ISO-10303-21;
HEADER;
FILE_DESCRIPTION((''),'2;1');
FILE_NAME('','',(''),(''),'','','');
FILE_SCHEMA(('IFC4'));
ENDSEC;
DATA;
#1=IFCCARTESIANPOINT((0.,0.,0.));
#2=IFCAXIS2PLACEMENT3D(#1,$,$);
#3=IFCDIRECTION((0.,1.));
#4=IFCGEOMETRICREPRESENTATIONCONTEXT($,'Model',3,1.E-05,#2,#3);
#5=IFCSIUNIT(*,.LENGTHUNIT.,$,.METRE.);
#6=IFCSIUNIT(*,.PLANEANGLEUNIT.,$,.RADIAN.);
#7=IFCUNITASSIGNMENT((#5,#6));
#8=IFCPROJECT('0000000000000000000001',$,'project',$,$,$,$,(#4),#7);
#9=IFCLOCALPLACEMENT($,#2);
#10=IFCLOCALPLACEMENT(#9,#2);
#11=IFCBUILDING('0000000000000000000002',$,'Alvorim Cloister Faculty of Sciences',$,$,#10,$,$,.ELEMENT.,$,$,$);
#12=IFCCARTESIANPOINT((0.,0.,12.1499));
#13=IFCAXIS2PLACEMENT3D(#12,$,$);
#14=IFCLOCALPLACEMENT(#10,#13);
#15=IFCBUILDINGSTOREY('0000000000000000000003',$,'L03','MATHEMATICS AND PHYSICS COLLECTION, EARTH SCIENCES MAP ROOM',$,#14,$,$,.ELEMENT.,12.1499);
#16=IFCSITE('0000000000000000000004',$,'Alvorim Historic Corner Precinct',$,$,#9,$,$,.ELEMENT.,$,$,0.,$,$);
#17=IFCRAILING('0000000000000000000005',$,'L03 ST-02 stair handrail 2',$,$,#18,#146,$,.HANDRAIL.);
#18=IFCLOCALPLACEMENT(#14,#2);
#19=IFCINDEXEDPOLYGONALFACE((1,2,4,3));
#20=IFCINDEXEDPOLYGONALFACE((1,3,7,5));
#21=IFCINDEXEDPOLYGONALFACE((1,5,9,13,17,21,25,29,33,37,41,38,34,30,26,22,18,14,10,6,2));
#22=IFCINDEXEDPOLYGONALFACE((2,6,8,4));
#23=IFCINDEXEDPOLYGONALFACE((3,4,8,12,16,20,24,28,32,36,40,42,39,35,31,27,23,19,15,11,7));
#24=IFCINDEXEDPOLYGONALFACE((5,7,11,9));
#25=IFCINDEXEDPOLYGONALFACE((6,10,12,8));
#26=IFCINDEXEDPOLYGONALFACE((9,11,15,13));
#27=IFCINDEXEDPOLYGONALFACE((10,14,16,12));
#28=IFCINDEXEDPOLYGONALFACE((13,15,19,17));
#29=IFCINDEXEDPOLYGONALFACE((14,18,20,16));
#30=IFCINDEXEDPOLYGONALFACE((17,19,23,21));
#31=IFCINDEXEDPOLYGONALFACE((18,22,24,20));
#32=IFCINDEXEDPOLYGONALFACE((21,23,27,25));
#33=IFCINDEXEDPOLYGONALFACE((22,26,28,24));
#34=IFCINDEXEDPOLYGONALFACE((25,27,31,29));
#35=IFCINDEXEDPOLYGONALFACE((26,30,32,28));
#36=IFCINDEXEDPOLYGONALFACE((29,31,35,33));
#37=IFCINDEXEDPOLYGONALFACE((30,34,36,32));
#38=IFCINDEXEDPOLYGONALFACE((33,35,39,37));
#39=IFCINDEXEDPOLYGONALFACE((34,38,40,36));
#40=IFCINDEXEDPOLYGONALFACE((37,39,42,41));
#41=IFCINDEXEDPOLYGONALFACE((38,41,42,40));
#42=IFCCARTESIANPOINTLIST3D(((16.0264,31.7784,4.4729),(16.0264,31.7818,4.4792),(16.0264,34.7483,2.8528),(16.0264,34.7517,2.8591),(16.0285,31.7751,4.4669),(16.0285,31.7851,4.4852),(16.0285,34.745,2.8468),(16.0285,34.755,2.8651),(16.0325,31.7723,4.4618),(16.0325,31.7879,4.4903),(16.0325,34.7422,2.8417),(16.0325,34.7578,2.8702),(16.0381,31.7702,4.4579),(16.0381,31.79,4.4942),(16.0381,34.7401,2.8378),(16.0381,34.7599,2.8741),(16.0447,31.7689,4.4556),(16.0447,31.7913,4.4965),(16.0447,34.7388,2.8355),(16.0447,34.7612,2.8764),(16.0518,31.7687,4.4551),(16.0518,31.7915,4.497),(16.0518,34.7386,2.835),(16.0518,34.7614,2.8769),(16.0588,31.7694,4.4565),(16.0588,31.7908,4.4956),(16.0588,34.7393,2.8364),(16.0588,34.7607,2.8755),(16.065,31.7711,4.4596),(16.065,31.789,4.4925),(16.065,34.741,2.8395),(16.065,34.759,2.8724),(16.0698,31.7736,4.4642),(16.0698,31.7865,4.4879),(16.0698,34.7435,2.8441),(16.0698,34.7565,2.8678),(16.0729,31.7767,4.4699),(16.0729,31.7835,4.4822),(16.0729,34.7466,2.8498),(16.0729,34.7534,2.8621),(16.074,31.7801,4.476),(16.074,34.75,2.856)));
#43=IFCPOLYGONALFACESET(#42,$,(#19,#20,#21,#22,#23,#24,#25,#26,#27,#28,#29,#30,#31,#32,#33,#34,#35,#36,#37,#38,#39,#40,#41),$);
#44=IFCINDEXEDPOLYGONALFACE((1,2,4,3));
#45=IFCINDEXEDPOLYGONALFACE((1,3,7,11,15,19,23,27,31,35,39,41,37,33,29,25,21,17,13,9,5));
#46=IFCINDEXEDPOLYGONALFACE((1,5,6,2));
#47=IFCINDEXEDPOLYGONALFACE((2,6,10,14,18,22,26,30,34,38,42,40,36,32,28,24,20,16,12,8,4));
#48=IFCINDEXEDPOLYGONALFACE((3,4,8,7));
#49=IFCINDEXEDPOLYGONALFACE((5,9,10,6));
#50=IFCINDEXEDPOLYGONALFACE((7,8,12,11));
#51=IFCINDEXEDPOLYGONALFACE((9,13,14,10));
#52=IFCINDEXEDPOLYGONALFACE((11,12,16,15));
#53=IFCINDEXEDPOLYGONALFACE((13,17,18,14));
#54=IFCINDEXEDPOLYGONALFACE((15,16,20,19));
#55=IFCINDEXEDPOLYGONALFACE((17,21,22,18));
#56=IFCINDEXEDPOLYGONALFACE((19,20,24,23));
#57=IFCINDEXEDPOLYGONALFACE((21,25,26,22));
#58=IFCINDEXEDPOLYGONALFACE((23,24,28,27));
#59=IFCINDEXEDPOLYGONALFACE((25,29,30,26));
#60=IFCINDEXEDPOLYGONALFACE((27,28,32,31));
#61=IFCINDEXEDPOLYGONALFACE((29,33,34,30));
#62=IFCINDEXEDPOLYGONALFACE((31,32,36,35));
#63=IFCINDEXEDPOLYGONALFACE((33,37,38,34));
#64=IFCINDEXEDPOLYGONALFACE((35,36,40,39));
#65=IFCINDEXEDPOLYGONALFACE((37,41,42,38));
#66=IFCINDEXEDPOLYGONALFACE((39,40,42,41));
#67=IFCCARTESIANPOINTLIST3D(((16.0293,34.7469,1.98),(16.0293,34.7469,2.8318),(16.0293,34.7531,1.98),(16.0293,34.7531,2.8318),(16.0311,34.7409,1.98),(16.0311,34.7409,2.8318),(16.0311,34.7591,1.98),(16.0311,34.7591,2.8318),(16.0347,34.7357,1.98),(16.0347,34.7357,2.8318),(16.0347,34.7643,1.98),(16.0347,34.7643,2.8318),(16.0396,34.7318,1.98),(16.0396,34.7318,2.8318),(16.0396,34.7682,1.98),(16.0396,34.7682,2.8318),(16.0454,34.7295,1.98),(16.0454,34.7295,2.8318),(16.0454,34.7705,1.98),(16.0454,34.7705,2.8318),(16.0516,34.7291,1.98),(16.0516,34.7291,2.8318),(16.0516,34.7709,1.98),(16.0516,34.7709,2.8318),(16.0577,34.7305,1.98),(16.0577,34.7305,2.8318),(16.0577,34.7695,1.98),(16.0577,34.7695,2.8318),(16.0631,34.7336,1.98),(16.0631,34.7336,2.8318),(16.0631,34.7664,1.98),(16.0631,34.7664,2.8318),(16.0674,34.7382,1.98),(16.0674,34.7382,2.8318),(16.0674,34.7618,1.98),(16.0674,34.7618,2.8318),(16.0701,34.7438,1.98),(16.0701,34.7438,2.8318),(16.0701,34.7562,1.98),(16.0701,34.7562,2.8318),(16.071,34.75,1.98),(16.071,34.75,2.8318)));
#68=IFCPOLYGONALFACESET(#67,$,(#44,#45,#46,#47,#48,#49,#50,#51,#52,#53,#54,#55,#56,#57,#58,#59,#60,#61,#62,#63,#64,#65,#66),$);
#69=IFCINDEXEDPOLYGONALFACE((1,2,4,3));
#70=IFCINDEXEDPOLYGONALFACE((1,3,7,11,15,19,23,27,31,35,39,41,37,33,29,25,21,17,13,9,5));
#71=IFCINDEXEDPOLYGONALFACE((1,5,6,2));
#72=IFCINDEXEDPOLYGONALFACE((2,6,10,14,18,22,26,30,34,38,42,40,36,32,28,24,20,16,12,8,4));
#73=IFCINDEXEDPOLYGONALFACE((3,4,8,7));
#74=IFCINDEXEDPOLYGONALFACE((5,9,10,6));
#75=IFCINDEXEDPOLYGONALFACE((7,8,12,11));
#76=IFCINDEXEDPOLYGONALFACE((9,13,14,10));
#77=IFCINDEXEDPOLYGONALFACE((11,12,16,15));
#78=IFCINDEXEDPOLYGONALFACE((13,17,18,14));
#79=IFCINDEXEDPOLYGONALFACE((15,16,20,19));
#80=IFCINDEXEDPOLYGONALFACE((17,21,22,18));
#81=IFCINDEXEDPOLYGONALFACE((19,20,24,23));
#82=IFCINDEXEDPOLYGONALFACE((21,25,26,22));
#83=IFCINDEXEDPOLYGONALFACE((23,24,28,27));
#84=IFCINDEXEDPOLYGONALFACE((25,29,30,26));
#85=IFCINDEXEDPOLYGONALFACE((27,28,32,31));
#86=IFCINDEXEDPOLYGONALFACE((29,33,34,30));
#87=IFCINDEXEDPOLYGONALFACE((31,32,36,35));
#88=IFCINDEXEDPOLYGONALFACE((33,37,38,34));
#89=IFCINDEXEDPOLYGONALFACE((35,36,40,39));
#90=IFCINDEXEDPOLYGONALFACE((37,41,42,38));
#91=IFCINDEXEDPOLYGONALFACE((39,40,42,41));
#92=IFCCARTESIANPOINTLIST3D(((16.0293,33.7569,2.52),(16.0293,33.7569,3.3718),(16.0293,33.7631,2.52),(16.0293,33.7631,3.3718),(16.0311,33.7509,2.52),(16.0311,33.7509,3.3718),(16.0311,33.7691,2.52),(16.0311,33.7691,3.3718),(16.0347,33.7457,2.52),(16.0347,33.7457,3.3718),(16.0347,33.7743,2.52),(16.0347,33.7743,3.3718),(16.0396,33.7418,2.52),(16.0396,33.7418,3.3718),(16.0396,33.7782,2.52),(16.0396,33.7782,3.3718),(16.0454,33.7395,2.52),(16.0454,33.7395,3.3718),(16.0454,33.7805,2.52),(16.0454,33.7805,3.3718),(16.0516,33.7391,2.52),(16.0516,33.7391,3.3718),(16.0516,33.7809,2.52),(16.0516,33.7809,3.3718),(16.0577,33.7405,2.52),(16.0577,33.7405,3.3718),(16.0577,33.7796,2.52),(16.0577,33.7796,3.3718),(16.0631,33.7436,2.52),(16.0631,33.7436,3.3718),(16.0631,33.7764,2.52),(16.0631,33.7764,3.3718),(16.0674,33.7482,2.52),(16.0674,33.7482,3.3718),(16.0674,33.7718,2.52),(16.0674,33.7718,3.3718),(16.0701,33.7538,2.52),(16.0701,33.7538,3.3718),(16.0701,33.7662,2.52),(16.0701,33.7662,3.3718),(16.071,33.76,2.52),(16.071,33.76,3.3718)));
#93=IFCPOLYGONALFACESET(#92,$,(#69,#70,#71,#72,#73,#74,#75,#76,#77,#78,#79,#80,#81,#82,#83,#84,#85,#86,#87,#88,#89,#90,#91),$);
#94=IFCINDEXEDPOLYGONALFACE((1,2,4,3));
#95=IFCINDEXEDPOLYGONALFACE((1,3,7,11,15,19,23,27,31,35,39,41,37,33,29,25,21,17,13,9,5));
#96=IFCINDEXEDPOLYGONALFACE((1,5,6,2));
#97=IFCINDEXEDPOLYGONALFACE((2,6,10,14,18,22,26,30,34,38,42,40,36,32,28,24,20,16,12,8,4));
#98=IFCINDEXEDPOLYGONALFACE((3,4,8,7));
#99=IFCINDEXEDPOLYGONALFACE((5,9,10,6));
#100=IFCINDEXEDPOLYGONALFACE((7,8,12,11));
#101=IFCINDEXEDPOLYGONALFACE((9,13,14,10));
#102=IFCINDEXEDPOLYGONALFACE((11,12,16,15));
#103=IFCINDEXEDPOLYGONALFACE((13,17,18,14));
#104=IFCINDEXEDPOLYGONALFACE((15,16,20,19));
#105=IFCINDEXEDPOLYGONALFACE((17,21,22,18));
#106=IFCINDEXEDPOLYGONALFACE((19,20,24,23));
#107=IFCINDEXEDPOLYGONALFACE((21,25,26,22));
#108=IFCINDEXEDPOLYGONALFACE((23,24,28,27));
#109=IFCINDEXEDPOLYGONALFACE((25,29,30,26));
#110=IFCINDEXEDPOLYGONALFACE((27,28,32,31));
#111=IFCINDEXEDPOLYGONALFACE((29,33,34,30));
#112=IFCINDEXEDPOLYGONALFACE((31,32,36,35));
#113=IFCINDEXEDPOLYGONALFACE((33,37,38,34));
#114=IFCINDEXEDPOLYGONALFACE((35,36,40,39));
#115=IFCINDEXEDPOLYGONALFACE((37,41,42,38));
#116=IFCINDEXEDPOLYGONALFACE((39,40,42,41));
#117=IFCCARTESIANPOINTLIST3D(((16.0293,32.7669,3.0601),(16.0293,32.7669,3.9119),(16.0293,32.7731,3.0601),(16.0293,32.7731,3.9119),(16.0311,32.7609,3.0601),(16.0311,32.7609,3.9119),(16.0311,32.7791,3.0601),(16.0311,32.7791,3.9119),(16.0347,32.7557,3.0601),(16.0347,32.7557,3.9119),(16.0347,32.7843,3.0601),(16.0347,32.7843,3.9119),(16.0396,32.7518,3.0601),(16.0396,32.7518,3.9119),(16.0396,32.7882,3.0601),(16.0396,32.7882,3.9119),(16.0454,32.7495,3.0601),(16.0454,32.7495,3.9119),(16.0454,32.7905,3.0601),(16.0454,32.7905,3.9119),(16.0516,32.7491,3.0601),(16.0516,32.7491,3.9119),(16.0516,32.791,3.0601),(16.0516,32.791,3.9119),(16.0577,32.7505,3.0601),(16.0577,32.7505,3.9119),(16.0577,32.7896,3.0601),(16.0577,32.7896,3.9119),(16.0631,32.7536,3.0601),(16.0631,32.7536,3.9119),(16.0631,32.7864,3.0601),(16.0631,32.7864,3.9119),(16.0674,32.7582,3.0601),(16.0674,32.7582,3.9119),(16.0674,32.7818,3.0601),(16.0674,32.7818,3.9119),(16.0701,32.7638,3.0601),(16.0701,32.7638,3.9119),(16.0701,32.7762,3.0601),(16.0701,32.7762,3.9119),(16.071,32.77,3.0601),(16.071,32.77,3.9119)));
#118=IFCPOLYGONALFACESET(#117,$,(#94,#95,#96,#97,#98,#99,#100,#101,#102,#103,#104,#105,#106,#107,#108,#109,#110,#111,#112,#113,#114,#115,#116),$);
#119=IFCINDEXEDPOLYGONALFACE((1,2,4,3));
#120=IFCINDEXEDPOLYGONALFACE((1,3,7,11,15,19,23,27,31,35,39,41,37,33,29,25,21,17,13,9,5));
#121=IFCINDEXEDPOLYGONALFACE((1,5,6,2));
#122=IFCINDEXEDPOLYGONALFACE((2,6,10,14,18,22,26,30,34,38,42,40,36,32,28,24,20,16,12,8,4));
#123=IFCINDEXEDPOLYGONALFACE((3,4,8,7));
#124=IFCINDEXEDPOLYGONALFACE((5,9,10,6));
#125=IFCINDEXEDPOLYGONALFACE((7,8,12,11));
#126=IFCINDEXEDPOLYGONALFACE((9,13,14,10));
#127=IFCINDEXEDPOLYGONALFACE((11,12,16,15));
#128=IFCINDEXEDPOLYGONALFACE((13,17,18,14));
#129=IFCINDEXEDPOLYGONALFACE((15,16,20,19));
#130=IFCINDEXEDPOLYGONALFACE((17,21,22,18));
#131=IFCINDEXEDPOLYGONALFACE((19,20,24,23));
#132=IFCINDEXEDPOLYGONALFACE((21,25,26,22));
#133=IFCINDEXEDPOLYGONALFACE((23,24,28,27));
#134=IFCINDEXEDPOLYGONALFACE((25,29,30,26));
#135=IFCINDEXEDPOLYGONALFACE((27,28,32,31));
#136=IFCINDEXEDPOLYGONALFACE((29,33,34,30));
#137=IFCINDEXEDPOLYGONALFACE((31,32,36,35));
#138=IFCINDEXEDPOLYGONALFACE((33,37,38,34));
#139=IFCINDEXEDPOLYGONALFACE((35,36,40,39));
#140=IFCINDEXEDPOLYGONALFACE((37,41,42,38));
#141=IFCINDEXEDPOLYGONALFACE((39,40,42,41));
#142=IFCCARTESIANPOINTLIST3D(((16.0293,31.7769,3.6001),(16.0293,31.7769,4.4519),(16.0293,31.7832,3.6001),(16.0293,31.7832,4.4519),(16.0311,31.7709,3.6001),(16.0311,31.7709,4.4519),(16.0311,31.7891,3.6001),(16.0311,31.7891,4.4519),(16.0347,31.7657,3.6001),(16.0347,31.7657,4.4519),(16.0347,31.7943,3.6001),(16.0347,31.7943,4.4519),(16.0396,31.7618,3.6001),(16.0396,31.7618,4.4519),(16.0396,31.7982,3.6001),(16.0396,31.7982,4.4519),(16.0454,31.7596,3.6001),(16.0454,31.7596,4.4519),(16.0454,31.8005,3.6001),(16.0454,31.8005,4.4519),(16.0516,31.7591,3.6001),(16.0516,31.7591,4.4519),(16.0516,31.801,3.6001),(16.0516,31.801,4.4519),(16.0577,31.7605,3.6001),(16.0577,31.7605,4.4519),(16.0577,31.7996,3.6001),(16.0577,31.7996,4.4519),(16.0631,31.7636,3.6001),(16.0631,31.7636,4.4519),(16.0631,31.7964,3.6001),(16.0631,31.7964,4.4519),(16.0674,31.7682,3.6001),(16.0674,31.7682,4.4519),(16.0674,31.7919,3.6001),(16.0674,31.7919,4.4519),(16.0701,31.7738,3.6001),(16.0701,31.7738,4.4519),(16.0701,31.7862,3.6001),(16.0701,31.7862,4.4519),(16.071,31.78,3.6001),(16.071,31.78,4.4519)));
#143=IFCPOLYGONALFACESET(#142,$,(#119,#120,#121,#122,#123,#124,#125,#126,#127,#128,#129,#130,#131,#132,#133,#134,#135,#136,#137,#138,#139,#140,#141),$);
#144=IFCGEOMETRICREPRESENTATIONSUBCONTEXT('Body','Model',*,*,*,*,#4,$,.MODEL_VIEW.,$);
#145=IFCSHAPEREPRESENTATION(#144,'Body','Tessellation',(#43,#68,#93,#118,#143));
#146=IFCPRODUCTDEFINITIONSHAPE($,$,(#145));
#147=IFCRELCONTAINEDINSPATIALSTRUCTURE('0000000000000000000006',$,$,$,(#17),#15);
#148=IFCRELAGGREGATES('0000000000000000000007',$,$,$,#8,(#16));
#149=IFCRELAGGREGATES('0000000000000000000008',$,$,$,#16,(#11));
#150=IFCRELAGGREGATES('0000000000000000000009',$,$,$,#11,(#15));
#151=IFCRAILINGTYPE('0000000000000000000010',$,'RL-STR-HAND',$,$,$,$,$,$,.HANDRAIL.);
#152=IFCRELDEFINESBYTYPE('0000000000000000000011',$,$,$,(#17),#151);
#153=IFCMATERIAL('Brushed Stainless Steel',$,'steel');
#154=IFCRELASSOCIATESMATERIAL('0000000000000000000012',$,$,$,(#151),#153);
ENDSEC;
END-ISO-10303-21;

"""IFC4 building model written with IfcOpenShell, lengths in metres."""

from ifc_helpers import new_model, si_unit, direction, frame, origin, origin_2d, place, context, subcontext, project, spatial, circle, extrude, material, type_object, element, save


model = new_model("IFC4")

# Units and contexts
model_context = context("Model", 3, precision=1e-05, world=origin(), true_north=direction((0.0, 1.0)))
body_context = subcontext(model_context, "Body", "Model", "MODEL_VIEW")
ifc_project = project(units=[si_unit("LENGTHUNIT", "METRE"), si_unit("PLANEANGLEUNIT", "RADIAN")], contexts=[model_context])

# Site, building, storey
site_placement = place(None, origin())
site = spatial("IfcSite", under=ifc_project, at=site_placement, Name="Alvorim Historic Corner Precinct", CompositionType="ELEMENT", RefElevation=0.0)
building_placement = place(site_placement, origin())
building = spatial("IfcBuilding", under=site, at=building_placement, Name="Alvorim Cloister Faculty of Sciences", CompositionType="ELEMENT")
storey_placement = place(building_placement, frame((0.0, 0.0, 12.1499)))
storey = spatial("IfcBuildingStorey", under=building, at=storey_placement, Name="L03", Description="MATHEMATICS AND PHYSICS COLLECTION, EARTH SCIENCES MAP ROOM", CompositionType="ELEMENT", Elevation=12.1499)

# Shared definitions
ifc_material_1 = material(Name="Brushed Stainless Steel", Category="steel")

# Railing
railing_type_1 = type_object("IfcRailingType", Name="RL-STR-HAND", PredefinedType="HANDRAIL", material=ifc_material_1)
railing_1_placement = place(storey_placement, frame((16.05, 34.75, 1.98)))
element("IfcRailing", 1, at=railing_1_placement, inside=storey, type_object=railing_type_1, Name="L03 ST-02 stair handrail 2", PredefinedType="HANDRAIL", context=body_context, shape_type="SweptSolid", body=[
    extrude(circle(Radius=0.0239, at=origin_2d()), frame((0.0, 0.0, 0.876), z_axis=(0.0, -0.877879, 0.478882), x_axis=(1.0, 0.0, 0.0)), (0.0, 0.0, 1.0), 3.3831),
    extrude(circle(Radius=0.021, at=origin_2d()), origin(), (0.0, 0.0, 1.0), 0.8518),
    extrude(circle(Radius=0.021, at=origin_2d()), frame((0.0, -0.99, 0.54)), (0.0, 0.0, 1.0), 0.8518),
    extrude(circle(Radius=0.021, at=origin_2d()), frame((0.0, -1.98, 1.0801)), (0.0, 0.0, 1.0), 0.8518),
    extrude(circle(Radius=0.021, at=origin_2d()), frame((0.0, -2.97, 1.6201)), (0.0, 0.0, 1.0), 0.8518),
])

save(model, "model.ifc")
